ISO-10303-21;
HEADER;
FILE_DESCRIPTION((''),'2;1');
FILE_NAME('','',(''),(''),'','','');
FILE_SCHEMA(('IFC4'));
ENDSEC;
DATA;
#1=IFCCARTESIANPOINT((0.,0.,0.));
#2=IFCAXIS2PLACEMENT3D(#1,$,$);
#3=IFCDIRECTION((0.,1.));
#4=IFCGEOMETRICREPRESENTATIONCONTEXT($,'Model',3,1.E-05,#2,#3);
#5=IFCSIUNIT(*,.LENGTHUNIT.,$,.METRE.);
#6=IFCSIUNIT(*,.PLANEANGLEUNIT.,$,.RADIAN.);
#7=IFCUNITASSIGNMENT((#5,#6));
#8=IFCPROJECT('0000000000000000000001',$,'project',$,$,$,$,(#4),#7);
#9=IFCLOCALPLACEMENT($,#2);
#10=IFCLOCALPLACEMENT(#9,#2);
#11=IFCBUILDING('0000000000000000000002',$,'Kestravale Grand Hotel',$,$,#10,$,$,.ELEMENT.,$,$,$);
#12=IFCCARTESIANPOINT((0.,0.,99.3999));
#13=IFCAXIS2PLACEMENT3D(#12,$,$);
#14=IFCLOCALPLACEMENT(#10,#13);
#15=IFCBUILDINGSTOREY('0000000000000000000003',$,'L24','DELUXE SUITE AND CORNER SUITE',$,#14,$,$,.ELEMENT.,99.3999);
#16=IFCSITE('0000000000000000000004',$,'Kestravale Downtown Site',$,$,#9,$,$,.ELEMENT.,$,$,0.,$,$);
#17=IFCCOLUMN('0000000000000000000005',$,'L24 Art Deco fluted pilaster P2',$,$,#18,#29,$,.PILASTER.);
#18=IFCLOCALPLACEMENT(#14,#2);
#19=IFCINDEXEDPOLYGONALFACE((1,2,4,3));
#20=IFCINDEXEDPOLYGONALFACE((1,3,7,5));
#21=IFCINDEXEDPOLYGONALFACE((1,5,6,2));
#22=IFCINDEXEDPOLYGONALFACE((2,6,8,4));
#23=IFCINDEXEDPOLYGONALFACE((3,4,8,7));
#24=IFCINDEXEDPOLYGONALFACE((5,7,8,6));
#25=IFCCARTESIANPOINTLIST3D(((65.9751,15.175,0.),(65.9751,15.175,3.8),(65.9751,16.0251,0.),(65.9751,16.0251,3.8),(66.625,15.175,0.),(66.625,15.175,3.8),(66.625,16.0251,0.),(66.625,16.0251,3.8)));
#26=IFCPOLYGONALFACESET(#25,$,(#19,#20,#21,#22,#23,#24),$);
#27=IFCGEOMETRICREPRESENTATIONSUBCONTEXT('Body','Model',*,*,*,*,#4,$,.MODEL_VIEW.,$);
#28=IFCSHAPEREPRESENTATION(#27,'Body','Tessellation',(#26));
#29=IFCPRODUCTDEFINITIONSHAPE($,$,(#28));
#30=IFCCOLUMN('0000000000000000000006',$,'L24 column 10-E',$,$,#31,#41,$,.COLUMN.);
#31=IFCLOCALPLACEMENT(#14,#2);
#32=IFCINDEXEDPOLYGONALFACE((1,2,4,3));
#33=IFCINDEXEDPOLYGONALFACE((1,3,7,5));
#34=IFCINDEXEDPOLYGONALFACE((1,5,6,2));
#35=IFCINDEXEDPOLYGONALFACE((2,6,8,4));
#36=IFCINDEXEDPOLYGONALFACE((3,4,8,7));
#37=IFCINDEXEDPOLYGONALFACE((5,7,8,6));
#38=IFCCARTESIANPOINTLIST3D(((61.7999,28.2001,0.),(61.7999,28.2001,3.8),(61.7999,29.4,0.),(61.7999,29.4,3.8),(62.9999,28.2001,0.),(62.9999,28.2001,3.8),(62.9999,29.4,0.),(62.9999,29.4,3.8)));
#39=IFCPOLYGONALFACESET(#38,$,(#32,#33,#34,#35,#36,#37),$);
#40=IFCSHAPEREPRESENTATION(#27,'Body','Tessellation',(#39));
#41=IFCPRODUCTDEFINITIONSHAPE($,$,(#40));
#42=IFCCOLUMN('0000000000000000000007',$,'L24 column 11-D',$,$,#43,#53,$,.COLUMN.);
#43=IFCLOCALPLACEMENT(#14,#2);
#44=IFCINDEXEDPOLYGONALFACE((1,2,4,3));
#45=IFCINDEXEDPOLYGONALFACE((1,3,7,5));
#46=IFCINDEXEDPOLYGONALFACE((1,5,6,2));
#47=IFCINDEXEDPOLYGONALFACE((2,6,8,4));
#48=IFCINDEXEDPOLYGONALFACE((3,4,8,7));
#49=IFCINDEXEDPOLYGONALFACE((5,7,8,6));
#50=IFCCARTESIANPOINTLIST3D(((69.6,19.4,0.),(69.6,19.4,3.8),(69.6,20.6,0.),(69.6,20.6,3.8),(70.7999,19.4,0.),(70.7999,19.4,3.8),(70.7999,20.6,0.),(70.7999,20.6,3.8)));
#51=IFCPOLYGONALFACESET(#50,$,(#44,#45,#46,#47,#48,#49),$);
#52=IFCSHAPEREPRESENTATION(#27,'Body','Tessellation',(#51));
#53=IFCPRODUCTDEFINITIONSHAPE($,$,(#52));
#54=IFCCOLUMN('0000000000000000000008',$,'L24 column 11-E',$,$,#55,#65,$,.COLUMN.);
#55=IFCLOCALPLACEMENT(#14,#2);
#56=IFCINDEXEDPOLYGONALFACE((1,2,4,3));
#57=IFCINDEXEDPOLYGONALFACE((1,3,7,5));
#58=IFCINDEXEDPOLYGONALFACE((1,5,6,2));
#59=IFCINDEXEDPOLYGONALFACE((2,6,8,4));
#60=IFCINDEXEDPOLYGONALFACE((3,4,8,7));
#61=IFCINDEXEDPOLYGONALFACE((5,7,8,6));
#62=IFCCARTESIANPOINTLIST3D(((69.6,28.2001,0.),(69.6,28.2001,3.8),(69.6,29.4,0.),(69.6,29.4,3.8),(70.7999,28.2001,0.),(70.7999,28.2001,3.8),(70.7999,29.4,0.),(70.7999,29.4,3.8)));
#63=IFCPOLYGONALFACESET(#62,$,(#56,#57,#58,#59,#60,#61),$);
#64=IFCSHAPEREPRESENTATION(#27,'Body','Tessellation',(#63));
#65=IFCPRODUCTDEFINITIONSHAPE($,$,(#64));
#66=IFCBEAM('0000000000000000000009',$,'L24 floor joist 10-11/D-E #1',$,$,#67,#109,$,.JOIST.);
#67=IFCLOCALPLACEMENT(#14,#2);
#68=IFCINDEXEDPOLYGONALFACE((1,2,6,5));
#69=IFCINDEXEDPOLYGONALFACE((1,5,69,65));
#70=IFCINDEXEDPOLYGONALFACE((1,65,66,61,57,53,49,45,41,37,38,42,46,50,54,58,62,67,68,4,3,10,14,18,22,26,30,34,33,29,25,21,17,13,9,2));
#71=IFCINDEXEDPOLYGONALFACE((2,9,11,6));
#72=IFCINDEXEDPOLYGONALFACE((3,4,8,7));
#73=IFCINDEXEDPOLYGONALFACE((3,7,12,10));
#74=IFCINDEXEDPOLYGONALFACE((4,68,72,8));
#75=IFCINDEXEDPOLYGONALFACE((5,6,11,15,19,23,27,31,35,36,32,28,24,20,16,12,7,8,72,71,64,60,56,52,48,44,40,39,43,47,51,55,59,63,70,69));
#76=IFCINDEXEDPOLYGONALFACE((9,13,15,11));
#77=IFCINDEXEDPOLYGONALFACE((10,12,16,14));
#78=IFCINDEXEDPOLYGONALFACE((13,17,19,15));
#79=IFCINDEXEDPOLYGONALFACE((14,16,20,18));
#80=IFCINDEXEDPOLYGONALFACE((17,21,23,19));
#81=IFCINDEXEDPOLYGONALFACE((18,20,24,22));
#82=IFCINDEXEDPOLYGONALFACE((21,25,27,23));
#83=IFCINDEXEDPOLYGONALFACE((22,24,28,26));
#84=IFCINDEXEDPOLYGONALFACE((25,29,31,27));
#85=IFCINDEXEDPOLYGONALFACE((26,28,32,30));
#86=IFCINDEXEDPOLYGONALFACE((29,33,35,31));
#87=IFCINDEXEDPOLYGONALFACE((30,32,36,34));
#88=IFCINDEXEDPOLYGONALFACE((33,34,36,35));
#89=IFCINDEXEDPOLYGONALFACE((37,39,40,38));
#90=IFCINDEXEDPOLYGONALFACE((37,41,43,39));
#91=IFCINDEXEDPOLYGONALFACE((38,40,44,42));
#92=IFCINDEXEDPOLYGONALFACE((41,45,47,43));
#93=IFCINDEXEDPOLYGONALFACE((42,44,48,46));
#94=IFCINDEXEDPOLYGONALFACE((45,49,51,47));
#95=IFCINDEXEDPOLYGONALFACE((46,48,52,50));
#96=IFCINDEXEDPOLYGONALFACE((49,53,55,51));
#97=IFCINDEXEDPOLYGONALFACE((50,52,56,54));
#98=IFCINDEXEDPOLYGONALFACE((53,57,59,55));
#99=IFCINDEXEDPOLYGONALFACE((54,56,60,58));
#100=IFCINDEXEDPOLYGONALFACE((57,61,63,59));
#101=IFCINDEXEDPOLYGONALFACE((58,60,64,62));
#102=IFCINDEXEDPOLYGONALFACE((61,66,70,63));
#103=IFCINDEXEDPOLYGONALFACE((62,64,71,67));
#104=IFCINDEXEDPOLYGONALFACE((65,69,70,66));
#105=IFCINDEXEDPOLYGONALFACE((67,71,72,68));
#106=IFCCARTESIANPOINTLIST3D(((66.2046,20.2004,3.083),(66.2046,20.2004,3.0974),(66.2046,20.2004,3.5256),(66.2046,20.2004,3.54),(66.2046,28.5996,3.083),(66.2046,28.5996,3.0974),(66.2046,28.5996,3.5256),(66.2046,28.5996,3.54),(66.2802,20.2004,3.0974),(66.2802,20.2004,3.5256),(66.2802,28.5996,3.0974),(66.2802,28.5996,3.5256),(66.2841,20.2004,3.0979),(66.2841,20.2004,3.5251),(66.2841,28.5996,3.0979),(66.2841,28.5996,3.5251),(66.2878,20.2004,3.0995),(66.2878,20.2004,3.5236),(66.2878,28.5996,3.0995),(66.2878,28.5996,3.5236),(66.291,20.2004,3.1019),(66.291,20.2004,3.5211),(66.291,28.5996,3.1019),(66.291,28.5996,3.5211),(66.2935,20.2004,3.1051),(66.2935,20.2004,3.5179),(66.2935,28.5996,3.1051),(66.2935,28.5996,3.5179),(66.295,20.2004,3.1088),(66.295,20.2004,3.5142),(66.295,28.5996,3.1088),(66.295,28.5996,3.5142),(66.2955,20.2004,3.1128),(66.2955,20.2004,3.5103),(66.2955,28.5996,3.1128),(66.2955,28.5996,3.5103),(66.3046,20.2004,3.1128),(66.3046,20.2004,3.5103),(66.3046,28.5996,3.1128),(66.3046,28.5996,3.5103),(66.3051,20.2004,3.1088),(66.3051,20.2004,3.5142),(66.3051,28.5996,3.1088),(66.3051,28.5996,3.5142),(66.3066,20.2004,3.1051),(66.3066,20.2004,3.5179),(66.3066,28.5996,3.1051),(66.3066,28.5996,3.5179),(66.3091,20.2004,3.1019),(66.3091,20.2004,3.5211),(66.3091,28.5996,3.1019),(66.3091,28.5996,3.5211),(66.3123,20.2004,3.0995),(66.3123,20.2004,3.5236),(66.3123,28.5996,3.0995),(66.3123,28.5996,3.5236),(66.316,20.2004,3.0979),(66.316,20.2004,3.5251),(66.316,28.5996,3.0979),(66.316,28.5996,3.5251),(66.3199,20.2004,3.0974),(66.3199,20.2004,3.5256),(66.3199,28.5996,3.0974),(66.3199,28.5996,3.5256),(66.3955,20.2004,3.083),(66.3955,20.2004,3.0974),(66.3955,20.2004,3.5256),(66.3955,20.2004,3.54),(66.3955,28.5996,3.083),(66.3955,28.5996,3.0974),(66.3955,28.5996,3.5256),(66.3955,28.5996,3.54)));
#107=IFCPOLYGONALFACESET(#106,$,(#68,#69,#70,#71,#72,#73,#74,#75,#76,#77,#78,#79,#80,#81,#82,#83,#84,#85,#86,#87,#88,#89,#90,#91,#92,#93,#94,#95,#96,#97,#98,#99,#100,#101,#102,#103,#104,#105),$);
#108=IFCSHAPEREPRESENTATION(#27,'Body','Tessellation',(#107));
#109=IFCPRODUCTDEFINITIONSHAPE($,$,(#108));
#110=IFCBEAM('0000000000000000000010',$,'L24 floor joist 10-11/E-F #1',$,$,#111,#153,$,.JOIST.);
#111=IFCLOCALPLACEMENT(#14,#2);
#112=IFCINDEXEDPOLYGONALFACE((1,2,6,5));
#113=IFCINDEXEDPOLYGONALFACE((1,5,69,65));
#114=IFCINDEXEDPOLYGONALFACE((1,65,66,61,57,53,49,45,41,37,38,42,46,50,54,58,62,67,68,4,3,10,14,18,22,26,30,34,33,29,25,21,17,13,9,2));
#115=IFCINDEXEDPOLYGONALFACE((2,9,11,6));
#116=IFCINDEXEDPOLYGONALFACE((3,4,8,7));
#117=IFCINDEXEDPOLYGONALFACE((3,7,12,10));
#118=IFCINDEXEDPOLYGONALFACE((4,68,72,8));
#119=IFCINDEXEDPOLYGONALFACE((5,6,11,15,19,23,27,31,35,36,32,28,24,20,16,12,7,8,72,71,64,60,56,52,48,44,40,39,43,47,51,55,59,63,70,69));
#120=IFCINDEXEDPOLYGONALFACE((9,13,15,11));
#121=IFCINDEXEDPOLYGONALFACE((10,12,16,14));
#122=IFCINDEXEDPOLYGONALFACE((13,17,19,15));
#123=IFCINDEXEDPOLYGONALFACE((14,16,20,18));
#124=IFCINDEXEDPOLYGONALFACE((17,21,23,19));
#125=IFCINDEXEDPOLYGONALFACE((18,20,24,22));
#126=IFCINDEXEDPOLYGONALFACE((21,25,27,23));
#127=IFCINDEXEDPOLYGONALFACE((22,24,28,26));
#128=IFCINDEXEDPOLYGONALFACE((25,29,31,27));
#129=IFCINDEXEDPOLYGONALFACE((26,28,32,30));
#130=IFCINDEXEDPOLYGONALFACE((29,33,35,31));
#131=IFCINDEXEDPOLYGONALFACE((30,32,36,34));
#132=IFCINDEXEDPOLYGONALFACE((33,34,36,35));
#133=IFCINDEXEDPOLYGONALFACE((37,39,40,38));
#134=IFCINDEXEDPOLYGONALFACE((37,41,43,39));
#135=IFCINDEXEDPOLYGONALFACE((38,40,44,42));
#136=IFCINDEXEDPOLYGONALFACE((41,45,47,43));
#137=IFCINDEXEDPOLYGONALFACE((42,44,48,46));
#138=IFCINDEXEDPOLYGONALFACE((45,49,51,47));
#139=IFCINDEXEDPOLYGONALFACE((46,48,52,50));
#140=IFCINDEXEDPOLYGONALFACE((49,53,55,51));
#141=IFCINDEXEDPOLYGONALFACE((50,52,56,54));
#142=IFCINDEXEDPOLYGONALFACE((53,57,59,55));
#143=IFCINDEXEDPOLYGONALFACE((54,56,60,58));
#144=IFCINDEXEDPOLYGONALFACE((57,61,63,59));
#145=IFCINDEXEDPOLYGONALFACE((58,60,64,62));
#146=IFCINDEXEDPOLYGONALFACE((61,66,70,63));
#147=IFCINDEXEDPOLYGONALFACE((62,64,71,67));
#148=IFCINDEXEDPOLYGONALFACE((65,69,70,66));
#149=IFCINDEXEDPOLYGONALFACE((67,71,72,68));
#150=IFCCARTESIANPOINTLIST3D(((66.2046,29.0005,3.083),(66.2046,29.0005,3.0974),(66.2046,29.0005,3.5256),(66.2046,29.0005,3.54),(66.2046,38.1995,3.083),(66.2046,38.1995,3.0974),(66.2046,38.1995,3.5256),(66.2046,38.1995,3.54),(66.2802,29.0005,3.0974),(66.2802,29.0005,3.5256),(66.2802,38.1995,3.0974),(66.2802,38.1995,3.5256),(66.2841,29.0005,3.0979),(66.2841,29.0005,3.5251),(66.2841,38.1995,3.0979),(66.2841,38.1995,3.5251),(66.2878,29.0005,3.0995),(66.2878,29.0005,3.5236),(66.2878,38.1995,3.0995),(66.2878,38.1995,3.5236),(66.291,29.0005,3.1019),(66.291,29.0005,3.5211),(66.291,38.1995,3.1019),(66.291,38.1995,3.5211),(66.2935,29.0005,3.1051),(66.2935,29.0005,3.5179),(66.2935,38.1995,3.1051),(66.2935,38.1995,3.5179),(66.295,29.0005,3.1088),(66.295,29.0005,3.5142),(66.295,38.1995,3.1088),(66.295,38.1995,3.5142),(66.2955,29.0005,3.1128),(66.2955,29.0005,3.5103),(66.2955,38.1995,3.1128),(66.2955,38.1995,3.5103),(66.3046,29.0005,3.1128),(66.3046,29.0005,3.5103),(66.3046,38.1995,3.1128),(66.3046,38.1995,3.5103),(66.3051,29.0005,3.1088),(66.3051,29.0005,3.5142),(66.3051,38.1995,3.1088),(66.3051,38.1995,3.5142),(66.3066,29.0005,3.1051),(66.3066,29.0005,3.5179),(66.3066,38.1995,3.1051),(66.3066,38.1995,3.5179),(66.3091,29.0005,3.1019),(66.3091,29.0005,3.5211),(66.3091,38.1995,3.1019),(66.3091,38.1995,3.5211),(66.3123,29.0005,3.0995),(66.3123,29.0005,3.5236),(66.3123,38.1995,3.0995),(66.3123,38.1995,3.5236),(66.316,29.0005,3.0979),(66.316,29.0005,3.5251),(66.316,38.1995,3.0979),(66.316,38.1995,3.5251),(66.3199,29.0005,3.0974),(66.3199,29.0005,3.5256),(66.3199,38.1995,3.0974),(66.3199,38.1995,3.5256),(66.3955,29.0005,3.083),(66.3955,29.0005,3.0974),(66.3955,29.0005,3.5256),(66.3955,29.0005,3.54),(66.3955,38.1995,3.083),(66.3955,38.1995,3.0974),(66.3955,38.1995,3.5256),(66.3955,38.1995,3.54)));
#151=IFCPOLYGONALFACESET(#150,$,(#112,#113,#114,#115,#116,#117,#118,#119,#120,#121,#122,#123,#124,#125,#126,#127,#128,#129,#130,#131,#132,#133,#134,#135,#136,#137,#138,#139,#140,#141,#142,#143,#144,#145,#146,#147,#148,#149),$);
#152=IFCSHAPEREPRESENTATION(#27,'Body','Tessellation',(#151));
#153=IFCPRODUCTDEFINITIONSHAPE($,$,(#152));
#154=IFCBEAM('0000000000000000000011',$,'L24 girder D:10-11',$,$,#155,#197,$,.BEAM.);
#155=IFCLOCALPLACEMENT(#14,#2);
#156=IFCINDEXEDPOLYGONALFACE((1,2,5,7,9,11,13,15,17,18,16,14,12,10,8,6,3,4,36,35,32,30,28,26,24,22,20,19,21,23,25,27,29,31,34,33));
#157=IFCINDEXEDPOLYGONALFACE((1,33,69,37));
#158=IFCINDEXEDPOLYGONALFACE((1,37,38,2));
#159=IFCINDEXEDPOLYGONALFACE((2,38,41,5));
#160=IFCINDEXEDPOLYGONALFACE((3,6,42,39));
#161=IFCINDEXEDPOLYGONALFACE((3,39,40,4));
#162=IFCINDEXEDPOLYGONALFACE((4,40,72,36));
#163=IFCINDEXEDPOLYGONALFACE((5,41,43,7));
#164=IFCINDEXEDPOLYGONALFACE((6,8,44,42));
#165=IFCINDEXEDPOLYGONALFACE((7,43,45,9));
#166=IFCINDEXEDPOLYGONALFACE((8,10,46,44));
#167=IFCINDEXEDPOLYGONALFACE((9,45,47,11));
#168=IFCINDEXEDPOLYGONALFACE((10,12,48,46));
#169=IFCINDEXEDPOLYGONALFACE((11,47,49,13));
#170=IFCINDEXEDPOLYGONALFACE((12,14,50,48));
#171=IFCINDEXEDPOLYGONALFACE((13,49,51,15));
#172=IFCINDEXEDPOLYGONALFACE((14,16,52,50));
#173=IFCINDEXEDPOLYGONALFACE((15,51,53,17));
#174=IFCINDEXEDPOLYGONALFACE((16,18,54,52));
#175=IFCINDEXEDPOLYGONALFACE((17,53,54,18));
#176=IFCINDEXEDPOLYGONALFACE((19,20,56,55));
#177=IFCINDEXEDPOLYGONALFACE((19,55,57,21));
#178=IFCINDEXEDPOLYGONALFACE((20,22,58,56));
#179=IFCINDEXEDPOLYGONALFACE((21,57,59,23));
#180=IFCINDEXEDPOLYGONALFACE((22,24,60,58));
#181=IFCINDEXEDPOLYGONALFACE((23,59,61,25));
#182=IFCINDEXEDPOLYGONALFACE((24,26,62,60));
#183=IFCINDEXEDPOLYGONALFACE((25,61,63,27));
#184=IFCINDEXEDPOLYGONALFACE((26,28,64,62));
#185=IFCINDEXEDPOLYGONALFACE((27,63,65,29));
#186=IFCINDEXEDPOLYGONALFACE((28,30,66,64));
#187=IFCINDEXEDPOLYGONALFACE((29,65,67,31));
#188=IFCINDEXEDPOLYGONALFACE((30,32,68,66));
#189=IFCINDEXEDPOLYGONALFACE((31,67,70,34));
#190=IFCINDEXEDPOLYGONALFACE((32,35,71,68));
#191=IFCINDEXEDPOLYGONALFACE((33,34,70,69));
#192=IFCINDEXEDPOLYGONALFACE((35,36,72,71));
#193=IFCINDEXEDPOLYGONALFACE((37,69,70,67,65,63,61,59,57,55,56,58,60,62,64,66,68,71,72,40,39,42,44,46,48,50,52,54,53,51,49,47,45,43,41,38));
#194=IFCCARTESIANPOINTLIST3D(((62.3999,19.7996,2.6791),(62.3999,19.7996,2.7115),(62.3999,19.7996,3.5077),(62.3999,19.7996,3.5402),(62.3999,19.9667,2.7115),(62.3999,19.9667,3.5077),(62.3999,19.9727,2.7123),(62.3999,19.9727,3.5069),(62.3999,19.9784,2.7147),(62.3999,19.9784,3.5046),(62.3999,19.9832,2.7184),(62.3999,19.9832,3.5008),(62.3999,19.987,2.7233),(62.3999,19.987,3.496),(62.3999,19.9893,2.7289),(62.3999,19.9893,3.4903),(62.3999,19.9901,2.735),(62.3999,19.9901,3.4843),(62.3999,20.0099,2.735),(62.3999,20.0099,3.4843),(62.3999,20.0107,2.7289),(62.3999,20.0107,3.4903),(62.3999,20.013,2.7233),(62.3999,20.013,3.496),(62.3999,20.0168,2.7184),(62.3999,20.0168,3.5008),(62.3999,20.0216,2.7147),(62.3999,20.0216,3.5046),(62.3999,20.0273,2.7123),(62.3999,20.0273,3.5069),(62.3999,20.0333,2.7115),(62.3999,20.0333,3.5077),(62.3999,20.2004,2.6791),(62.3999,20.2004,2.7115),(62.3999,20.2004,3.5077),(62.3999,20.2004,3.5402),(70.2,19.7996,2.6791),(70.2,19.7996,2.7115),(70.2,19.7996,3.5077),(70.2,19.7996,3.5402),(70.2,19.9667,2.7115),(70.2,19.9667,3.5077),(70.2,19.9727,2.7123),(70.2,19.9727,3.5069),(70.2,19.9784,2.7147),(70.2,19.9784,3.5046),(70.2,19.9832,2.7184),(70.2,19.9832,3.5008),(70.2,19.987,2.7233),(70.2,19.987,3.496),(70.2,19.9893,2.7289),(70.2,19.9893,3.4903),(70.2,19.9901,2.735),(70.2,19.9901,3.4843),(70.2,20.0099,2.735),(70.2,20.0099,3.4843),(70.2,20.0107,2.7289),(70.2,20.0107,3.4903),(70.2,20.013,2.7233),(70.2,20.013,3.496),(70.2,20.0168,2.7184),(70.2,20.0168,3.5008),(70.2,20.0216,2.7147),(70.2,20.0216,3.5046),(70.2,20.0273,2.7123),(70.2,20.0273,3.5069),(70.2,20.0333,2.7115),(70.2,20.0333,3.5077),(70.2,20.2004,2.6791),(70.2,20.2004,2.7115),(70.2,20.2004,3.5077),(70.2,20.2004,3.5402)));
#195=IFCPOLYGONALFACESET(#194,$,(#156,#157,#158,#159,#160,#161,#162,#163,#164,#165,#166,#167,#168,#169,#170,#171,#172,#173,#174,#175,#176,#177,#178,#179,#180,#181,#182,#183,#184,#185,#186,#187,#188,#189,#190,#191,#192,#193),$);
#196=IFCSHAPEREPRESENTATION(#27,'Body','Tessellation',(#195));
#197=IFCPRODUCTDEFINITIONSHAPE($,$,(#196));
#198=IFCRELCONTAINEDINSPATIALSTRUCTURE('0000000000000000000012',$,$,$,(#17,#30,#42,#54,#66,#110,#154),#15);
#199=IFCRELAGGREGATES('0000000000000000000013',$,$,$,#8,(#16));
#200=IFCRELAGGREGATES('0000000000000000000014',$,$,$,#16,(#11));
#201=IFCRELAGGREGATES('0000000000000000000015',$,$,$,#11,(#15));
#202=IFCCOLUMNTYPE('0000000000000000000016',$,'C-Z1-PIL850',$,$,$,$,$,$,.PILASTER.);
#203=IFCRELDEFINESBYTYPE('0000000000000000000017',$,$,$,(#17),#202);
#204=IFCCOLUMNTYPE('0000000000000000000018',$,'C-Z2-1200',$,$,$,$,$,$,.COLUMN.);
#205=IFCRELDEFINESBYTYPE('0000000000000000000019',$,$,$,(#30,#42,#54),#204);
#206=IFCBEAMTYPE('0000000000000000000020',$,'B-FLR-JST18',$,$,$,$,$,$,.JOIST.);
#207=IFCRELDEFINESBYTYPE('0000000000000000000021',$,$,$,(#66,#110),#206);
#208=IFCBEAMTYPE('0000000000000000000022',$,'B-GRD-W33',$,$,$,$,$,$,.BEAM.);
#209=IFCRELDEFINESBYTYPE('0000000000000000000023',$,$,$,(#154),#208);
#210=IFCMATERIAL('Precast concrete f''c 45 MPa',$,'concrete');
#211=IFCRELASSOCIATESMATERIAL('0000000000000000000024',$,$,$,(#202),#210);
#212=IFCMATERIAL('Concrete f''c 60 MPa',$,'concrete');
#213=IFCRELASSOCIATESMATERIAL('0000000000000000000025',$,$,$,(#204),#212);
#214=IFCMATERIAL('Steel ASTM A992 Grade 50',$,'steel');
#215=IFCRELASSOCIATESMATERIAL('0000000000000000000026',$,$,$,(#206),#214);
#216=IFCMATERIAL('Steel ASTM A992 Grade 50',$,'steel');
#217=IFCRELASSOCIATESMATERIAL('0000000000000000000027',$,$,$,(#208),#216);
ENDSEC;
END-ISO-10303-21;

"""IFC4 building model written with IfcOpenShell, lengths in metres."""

from ifc_helpers import new_model, si_unit, direction, frame, origin, origin_2d, place, context, subcontext, project, spatial, rectangle, i_section, extrude, material, material_profile, profile_set, type_object, element, save


model = new_model("IFC4")

# Units and contexts
model_context = context("Model", 3, precision=1e-05, world=origin(), true_north=direction((0.0, 1.0)))
body_context = subcontext(model_context, "Body", "Model", "MODEL_VIEW")
ifc_project = project(units=[si_unit("LENGTHUNIT", "METRE"), si_unit("PLANEANGLEUNIT", "RADIAN")], contexts=[model_context])

# Site, building, storey
site_placement = place(None, origin())
site = spatial("IfcSite", under=ifc_project, at=site_placement, Name="Kestravale Downtown Site", CompositionType="ELEMENT", RefElevation=0.0)
building_placement = place(site_placement, origin())
building = spatial("IfcBuilding", under=site, at=building_placement, Name="Kestravale Grand Hotel", CompositionType="ELEMENT")
storey_placement = place(building_placement, frame((0.0, 0.0, 99.3999)))
storey = spatial("IfcBuildingStorey", under=building, at=storey_placement, Name="L24", Description="DELUXE SUITE AND CORNER SUITE", CompositionType="ELEMENT", Elevation=99.3999)

# Columns
ifc_material_1 = material(Name="Precast concrete f'c 45 MPa", Category="concrete")
ifc_material_profile_1 = material_profile(ifc_material_1, rectangle(XDim=0.6499, YDim=0.8501, at=origin_2d()))
ifc_profile_set_1 = profile_set([ifc_material_profile_1], Name="Precast concrete f'c 45 MPa")
column_type_1 = type_object("IfcColumnType", Name="C-Z1-PIL850", PredefinedType="PILASTER", material=ifc_profile_set_1)
column_placement = place(storey_placement, frame((66.3, 15.6001, 0.0), z_axis=(0.0, 0.0, 1.0), x_axis=(1.0, 0.0, 0.0)))
element("IfcColumn", 1, at=column_placement, inside=storey, type_object=column_type_1, Name="L24 Art Deco fluted pilaster P2", PredefinedType="PILASTER", context=body_context, shape_type="SweptSolid", body=[
    extrude(rectangle(XDim=0.6499, YDim=0.8501, at=origin_2d()), origin(), (0.0, 0.0, 1.0), 3.8),
])
ifc_material_2 = material(Name="Concrete f'c 60 MPa", Category="concrete")
ifc_material_profile_2 = material_profile(ifc_material_2, rectangle(XDim=1.2, YDim=1.2, at=origin_2d()))
ifc_profile_set_2 = profile_set([ifc_material_profile_2], Name="Concrete f'c 60 MPa")
column_type_2 = type_object("IfcColumnType", Name="C-Z2-1200", PredefinedType="COLUMN", material=ifc_profile_set_2)
for number, where, z_axis, x_axis, name in (
    (2, (62.3999, 28.8, 0.0), (0.0, 0.0, 1.0), (1.0, 0.0, 0.0), "L24 column 10-E"),
    (3, (70.2, 20.0, 0.0), (0.0, 0.0, 1.0), (1.0, 0.0, 0.0), "L24 column 11-D"),
    (4, (70.2, 28.8, 0.0), (0.0, 0.0, 1.0), (1.0, 0.0, 0.0), "L24 column 11-E"),
):
    element("IfcColumn", number, at=place(storey_placement, frame(where, z_axis=z_axis, x_axis=x_axis)), inside=storey, type_object=column_type_2, Name=name, PredefinedType="COLUMN", context=body_context, shape_type="SweptSolid", body=[
        extrude(rectangle(XDim=1.2, YDim=1.2, at=origin_2d()), origin(), (0.0, 0.0, 1.0), 3.8),
    ])

# Beams
ifc_material_3 = material(Name="Steel ASTM A992 Grade 50", Category="steel")
ifc_material_profile_3 = material_profile(ifc_material_3, i_section(OverallWidth=0.1909, OverallDepth=0.457, WebThickness=0.009, FlangeThickness=0.0144, FilletRadius=0.0154, at=origin_2d()))
ifc_profile_set_3 = profile_set([ifc_material_profile_3], Name="Steel ASTM A992 Grade 50")
beam_type_1 = type_object("IfcBeamType", Name="B-FLR-JST18", PredefinedType="JOIST", material=ifc_profile_set_3)
beam_1_placement = place(storey_placement, frame((66.3, 20.2004, 3.3115), z_axis=(0.0, 1.0, 0.0), x_axis=(-1.0, 0.0, 0.0)))
element("IfcBeam", 5, at=beam_1_placement, inside=storey, type_object=beam_type_1, Name="L24 floor joist 10-11/D-E #1", PredefinedType="JOIST", context=body_context, shape_type="SweptSolid", body=[
    extrude(i_section(OverallWidth=0.1909, OverallDepth=0.457, WebThickness=0.009, FlangeThickness=0.0144, FilletRadius=0.0154, at=origin_2d()), origin(), (0.0, 0.0, 1.0), 8.3992),
])
beam_2_placement = place(storey_placement, frame((66.3, 29.0005, 3.3115), z_axis=(0.0, 1.0, 0.0), x_axis=(-1.0, 0.0, 0.0)))
element("IfcBeam", 6, at=beam_2_placement, inside=storey, type_object=beam_type_1, Name="L24 floor joist 10-11/E-F #1", PredefinedType="JOIST", context=body_context, shape_type="SweptSolid", body=[
    extrude(i_section(OverallWidth=0.1909, OverallDepth=0.457, WebThickness=0.009, FlangeThickness=0.0144, FilletRadius=0.0154, at=origin_2d()), origin(), (0.0, 0.0, 1.0), 9.199),
])
ifc_material_4 = material(Name="Steel ASTM A992 Grade 50", Category="steel")
ifc_material_profile_4 = material_profile(ifc_material_4, i_section(OverallWidth=0.4009, OverallDepth=0.8611, WebThickness=0.0198, FlangeThickness=0.0325, FilletRadius=0.0234, at=origin_2d()))
ifc_profile_set_4 = profile_set([ifc_material_profile_4], Name="Steel ASTM A992 Grade 50")
beam_type_2 = type_object("IfcBeamType", Name="B-GRD-W33", PredefinedType="BEAM", material=ifc_profile_set_4)
for number, where, z_axis, x_axis, name in (
    (7, (62.3999, 20.0, 3.1096), (1.0, 0.0, 0.0), (0.0, 1.0, 0.0), "L24 girder D:10-11"),
):
    element("IfcBeam", number, at=place(storey_placement, frame(where, z_axis=z_axis, x_axis=x_axis)), inside=storey, type_object=beam_type_2, Name=name, PredefinedType="BEAM", context=body_context, shape_type="SweptSolid", body=[
        extrude(i_section(OverallWidth=0.4009, OverallDepth=0.8611, WebThickness=0.0198, FlangeThickness=0.0325, FilletRadius=0.0234, at=origin_2d()), origin(), (0.0, 0.0, 1.0), 7.8),
    ])

save(model, "model.ifc")
